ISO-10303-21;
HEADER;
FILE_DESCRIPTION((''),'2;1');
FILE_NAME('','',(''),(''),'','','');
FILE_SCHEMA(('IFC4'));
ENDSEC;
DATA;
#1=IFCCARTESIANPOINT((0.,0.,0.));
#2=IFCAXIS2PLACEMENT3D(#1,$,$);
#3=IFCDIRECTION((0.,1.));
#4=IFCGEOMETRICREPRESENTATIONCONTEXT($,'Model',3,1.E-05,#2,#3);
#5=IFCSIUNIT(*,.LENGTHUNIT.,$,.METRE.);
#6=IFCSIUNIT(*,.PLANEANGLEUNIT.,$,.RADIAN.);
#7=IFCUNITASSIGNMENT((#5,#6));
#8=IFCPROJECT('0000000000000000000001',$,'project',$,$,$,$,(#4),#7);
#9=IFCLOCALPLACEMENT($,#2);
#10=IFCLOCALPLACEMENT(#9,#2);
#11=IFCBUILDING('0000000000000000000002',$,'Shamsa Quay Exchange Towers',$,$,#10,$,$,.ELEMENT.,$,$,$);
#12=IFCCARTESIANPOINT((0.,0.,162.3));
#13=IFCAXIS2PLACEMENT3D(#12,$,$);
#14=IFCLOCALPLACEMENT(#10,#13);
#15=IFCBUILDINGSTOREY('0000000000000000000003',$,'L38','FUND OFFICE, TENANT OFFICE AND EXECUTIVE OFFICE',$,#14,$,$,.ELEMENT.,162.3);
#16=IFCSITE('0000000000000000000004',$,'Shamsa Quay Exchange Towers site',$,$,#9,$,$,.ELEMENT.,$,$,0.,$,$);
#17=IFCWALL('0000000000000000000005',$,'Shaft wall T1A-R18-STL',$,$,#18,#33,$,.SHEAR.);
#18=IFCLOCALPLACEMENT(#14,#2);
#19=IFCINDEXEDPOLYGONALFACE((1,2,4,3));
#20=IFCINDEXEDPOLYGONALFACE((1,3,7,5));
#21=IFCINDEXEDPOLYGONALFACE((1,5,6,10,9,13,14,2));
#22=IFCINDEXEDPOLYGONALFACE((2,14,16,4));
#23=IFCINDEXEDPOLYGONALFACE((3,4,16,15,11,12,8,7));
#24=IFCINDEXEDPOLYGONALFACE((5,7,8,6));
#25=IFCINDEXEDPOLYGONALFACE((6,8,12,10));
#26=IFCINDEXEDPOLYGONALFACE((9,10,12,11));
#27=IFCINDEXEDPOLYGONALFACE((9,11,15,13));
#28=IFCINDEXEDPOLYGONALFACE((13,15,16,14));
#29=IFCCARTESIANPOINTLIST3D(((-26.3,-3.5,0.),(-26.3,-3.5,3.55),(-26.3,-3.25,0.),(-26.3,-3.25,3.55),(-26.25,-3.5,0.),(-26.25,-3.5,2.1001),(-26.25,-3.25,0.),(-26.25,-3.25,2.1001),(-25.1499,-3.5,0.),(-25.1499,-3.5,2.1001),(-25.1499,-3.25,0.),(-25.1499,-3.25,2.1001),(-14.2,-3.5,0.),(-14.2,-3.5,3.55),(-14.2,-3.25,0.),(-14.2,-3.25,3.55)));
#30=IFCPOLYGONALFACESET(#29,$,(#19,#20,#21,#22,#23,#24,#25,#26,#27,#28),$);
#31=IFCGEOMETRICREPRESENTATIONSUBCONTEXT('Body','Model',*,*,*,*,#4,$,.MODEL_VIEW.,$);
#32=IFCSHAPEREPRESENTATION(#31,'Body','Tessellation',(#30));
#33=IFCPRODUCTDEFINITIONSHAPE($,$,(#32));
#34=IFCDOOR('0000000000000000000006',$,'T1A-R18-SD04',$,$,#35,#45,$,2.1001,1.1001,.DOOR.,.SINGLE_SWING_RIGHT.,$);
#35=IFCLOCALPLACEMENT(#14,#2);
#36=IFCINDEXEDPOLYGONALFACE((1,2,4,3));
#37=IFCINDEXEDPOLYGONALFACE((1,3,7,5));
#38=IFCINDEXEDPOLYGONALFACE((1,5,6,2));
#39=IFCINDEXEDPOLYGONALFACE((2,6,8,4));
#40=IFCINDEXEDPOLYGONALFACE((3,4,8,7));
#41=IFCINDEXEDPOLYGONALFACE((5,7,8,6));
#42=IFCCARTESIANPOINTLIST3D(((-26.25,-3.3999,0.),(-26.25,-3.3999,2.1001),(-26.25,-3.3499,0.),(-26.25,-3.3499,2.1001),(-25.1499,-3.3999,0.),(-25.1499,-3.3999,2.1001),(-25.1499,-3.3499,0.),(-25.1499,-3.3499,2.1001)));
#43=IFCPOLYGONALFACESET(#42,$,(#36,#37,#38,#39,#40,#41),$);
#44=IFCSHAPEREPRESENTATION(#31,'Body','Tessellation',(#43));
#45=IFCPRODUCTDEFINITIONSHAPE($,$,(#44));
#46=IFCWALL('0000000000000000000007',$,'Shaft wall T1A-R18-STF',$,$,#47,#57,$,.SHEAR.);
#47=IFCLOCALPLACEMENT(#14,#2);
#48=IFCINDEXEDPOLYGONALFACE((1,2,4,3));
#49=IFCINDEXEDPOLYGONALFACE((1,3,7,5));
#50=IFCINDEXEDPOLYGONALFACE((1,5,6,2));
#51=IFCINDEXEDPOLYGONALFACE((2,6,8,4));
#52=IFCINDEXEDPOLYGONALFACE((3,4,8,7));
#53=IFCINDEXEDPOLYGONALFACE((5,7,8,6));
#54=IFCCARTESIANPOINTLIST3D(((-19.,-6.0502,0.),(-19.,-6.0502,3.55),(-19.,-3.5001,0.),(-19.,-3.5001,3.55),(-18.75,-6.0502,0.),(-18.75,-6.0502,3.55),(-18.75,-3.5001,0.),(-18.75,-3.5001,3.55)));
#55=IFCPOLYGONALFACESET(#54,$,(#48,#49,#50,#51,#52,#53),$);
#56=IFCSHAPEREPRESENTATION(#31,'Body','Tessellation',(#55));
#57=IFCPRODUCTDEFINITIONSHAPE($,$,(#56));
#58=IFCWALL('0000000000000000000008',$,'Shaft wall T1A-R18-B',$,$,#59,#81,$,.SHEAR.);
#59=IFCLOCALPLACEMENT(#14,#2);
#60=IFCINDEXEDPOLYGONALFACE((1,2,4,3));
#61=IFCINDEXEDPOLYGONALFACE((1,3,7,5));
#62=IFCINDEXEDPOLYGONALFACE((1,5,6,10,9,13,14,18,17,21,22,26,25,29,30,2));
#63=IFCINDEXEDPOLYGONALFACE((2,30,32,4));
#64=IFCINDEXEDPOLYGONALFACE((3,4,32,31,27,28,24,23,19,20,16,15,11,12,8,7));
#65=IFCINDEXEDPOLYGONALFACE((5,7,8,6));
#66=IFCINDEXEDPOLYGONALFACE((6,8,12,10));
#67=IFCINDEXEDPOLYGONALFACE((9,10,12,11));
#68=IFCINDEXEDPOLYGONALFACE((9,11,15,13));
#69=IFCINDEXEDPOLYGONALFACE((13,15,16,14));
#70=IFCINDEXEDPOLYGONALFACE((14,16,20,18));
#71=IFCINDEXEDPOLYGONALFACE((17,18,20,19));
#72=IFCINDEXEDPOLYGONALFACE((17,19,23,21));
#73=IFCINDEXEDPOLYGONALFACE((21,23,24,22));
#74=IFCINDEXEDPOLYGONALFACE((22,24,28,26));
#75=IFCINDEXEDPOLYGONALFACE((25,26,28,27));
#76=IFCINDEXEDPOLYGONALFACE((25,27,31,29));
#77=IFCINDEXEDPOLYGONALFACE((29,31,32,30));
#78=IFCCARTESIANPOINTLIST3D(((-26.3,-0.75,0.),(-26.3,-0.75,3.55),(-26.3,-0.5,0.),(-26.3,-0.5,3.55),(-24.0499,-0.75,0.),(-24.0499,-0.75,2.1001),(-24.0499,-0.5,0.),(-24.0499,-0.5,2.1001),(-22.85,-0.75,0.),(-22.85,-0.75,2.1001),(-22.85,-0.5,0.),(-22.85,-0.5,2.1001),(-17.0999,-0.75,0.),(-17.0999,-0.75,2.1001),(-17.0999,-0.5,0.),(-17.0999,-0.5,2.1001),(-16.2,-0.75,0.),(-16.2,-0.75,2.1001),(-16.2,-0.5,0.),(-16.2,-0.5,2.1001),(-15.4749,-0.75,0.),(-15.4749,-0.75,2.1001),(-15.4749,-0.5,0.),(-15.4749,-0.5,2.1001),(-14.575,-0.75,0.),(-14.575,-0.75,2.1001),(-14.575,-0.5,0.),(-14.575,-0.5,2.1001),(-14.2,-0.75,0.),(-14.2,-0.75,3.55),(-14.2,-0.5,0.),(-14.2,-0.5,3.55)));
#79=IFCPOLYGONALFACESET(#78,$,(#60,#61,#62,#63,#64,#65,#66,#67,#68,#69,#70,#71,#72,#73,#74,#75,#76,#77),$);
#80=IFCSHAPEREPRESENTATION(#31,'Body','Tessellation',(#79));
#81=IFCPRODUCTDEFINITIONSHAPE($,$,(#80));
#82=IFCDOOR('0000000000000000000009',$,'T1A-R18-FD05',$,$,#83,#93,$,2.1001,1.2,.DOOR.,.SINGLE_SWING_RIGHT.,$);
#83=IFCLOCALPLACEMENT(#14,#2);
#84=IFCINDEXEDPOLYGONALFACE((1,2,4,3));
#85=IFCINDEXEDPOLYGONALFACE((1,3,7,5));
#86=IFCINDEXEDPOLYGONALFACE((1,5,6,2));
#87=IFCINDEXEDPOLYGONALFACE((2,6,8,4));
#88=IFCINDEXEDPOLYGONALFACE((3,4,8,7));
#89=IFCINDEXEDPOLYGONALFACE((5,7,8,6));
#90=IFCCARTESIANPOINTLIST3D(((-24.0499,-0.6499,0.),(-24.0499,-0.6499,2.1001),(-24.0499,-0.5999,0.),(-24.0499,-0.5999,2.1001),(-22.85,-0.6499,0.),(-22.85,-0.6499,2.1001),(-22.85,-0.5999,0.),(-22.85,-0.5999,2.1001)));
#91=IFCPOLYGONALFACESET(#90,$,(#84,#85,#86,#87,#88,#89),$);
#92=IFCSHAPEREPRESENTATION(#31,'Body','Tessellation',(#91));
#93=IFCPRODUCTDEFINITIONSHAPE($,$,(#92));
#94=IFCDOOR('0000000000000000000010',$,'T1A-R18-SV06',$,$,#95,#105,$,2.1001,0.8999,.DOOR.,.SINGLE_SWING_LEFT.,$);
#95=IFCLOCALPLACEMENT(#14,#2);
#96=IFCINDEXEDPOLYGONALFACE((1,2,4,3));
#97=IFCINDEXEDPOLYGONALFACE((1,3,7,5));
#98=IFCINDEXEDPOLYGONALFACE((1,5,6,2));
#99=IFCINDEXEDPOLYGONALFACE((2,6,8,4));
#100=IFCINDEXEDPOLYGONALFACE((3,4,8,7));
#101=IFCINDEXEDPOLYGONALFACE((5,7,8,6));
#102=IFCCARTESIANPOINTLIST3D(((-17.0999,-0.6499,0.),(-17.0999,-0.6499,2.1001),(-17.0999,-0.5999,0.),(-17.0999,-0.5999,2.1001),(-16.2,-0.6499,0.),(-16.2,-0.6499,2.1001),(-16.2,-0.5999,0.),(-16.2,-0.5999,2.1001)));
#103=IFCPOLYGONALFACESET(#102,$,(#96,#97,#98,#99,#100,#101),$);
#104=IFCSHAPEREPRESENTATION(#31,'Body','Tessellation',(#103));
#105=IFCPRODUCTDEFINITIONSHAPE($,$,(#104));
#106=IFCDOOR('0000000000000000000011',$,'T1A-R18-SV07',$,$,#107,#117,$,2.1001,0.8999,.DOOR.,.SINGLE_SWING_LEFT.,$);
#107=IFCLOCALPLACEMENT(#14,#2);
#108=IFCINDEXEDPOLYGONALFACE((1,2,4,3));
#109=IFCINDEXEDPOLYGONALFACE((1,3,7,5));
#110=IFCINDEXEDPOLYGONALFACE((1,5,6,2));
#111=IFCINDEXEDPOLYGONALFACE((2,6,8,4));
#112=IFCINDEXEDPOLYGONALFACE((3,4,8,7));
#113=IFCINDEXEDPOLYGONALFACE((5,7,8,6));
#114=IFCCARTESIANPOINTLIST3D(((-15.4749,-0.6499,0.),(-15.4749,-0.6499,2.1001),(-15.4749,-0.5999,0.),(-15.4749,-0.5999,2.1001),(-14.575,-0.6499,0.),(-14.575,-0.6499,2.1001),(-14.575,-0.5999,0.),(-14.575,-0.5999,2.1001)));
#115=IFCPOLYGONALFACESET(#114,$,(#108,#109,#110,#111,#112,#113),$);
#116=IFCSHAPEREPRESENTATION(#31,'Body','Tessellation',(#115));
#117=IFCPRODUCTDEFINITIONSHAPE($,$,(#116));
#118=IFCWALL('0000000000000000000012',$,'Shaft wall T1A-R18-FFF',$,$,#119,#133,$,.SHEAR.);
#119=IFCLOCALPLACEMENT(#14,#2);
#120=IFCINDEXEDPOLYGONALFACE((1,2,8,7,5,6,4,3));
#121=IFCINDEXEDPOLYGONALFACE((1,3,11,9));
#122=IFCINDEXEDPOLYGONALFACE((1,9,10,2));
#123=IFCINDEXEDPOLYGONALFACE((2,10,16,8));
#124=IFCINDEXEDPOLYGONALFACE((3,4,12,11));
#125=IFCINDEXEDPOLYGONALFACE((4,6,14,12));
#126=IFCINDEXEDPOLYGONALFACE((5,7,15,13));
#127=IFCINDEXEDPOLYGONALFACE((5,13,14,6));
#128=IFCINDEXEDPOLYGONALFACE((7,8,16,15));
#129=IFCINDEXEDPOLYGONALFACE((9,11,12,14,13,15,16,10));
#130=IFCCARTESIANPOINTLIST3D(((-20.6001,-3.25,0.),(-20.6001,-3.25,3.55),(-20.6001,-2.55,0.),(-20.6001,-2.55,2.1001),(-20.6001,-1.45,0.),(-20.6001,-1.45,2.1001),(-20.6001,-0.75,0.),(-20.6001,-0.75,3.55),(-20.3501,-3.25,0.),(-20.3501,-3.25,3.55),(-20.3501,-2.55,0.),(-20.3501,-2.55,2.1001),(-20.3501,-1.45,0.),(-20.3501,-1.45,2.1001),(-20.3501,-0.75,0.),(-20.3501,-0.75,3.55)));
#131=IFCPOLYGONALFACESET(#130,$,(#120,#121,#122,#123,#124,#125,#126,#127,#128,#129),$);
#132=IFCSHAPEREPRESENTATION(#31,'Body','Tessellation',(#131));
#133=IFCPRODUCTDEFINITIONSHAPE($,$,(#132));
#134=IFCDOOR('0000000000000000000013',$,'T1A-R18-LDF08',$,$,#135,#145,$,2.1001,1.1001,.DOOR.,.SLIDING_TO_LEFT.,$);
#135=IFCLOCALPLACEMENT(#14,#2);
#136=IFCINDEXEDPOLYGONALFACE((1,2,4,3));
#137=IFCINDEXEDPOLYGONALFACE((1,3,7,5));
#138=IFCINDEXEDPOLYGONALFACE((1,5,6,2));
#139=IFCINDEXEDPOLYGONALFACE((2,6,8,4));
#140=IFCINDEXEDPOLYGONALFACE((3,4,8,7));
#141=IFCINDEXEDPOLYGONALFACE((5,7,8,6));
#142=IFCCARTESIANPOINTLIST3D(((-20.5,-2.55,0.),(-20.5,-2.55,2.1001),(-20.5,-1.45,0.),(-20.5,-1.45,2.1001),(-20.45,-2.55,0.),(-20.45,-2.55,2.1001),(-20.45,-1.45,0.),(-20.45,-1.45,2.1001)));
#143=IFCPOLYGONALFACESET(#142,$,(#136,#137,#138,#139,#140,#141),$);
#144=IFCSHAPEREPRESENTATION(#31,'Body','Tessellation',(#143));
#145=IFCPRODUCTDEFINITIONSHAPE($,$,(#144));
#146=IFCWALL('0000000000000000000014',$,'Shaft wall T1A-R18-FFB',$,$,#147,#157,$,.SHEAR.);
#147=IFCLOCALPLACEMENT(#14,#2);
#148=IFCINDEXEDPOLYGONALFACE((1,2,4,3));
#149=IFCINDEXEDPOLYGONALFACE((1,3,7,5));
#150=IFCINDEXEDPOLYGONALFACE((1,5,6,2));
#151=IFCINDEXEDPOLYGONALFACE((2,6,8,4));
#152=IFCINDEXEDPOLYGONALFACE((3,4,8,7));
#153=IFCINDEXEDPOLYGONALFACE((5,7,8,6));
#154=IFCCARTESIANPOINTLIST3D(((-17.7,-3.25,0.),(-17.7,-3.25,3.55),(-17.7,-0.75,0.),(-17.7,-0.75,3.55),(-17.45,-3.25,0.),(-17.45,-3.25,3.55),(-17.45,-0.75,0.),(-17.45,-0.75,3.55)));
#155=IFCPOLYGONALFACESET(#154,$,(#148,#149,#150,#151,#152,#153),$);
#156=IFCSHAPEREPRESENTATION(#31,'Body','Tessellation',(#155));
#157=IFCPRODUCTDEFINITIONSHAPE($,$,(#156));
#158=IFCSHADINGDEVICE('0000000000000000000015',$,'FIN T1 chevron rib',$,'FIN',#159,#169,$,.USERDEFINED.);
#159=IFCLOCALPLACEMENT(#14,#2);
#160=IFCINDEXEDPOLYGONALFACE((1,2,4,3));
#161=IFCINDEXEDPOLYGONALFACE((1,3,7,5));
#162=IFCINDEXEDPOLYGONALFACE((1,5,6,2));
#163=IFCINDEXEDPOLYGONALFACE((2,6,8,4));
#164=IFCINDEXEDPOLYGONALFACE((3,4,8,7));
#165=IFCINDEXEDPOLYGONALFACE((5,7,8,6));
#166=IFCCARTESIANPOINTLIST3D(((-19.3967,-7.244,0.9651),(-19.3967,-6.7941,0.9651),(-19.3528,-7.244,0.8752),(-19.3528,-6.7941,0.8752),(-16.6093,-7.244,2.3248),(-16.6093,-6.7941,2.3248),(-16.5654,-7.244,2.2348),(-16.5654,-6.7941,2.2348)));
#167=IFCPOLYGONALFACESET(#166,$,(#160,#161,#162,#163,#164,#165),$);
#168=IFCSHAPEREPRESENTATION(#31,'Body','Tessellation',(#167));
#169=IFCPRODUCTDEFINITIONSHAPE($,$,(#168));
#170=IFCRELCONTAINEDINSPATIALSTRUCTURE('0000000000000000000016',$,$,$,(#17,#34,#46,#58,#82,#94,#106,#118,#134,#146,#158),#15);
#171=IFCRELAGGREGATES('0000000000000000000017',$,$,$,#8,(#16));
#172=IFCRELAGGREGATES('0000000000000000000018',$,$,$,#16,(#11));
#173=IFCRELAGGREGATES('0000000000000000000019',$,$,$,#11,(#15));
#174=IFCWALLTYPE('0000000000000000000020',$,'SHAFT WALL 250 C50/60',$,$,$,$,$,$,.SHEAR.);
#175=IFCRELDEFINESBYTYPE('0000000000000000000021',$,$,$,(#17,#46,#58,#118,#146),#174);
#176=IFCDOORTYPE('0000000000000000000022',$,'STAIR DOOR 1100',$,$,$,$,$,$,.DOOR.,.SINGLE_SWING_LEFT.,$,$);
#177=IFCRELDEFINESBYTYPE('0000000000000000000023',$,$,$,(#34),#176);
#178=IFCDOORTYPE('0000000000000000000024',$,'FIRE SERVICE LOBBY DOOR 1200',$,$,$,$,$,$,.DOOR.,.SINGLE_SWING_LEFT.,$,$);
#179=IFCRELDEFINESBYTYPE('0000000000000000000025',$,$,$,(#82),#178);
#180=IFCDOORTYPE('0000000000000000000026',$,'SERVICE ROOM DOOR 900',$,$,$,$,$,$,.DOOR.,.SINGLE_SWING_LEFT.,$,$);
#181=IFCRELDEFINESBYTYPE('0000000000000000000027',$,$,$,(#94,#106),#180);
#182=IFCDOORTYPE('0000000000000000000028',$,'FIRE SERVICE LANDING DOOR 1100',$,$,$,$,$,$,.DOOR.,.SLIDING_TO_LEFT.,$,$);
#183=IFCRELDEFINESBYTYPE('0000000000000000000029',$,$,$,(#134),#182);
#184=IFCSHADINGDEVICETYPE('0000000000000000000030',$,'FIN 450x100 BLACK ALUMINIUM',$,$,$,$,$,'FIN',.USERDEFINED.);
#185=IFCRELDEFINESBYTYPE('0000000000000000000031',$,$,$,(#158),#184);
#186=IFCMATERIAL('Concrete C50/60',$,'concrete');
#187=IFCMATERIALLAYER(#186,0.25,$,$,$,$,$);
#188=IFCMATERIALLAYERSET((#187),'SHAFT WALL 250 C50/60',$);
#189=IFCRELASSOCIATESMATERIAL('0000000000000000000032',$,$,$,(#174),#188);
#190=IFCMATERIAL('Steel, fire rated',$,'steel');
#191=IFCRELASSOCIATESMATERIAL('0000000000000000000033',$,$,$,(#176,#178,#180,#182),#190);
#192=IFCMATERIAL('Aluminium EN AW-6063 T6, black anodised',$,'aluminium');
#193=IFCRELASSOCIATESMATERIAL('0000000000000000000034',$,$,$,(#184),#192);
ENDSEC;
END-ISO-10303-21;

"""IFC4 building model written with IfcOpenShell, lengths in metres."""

from ifc_helpers import new_model, si_unit, direction, frame, frame_2d, origin, origin_2d, place, context, subcontext, project, spatial, rectangle, extrude, material, layer, layer_set, material_profile, profile_set, type_object, element, fill, save


model = new_model("IFC4")

# Units and contexts
model_context = context("Model", 3, precision=1e-05, world=origin(), true_north=direction((0.0, 1.0)))
body_context = subcontext(model_context, "Body", "Model", "MODEL_VIEW")
ifc_project = project(units=[si_unit("LENGTHUNIT", "METRE"), si_unit("PLANEANGLEUNIT", "RADIAN")], contexts=[model_context])

# Site, building, storey
site_placement = place(None, origin())
site = spatial("IfcSite", under=ifc_project, at=site_placement, Name="Shamsa Quay Exchange Towers site", CompositionType="ELEMENT", RefElevation=0.0)
building_placement = place(site_placement, origin())
building = spatial("IfcBuilding", under=site, at=building_placement, Name="Shamsa Quay Exchange Towers", CompositionType="ELEMENT")
storey_placement = place(building_placement, frame((0.0, 0.0, 162.3)))
storey = spatial("IfcBuildingStorey", under=building, at=storey_placement, Name="L38", Description="FUND OFFICE, TENANT OFFICE AND EXECUTIVE OFFICE", CompositionType="ELEMENT", Elevation=162.3)

# Shared definitions
ifc_material_1 = material(Name="Aluminium EN AW-6063 T6, black anodised", Category="aluminium")

# Wall, opening, door
ifc_material_2 = material(Name="Concrete C50/60", Category="concrete")
ifc_layer_1 = layer(ifc_material_2, 0.25)
ifc_layer_set_1 = layer_set([ifc_layer_1], Name="SHAFT WALL 250 C50/60")
wall_type_1 = type_object("IfcWallType", Name="SHAFT WALL 250 C50/60", PredefinedType="SHEAR", material=ifc_layer_set_1)
wall_1_placement = place(storey_placement, frame((-14.2, -3.375, 0.0), z_axis=(0.0, 0.0, 1.0), x_axis=(-1.0, 0.0, 0.0)))
wall_1 = element("IfcWall", 1, at=wall_1_placement, inside=storey, type_object=wall_type_1, Name="Shaft wall T1A-R18-STL", PredefinedType="SHEAR", context=body_context, shape_type="SweptSolid", body=[
    extrude(rectangle(XDim=12.1001, YDim=0.25, at=frame_2d((6.05, 0.0))), origin(), (0.0, 0.0, 1.0), 3.55),
])
opening_1_placement = place(wall_1_placement, frame((10.95, 0.0, 0.0)))
opening_1 = element("IfcOpeningElement", 2, at=opening_1_placement, cuts=wall_1, PredefinedType="OPENING", context=body_context, shape_type="SweptSolid", body=[
    extrude(rectangle(XDim=1.1001, YDim=2.1001, at=frame_2d((0.55, 1.05))), frame((0.0, 0.135, 0.0), z_axis=(0.0, -1.0, 0.0), x_axis=(1.0, 0.0, 0.0)), (0.0, 0.0, 1.0), 0.27),
])
ifc_material_3 = material(Name="Steel, fire rated", Category="steel")
door_type_1 = type_object("IfcDoorType", Name="STAIR DOOR 1100", OperationType="SINGLE_SWING_LEFT", PredefinedType="DOOR", material=ifc_material_3)
door_1_placement = place(opening_1_placement, origin())
door_1 = element("IfcDoor", 3, at=door_1_placement, inside=storey, type_object=door_type_1, Name="T1A-R18-SD04", OperationType="SINGLE_SWING_RIGHT", OverallHeight=2.1001, OverallWidth=1.1001, PredefinedType="DOOR", context=body_context, shape_type="SweptSolid", body=[
    extrude(rectangle(XDim=1.1001, YDim=2.1001, at=frame_2d((0.55, 1.05))), frame((0.0, 0.0249, 0.0), z_axis=(0.0, -1.0, 0.0), x_axis=(1.0, 0.0, 0.0)), (0.0, 0.0, 1.0), 0.05),
])
fill(opening_1, door_1)

# Wall
wall_2_placement = place(storey_placement, frame((-18.875, -6.05, 0.0), z_axis=(0.0, 0.0, 1.0), x_axis=(0.0, 1.0, 0.0)))
element("IfcWall", 4, at=wall_2_placement, inside=storey, type_object=wall_type_1, Name="Shaft wall T1A-R18-STF", PredefinedType="SHEAR", context=body_context, shape_type="SweptSolid", body=[
    extrude(rectangle(XDim=2.55, YDim=0.25, at=frame_2d((1.2749, 0.0))), origin(), (0.0, 0.0, 1.0), 3.55),
])

# Wall, openings, doors
wall_3_placement = place(storey_placement, frame((-14.2, -0.625, 0.0), z_axis=(0.0, 0.0, 1.0), x_axis=(-1.0, 0.0, 0.0)))
wall_3 = element("IfcWall", 5, at=wall_3_placement, inside=storey, type_object=wall_type_1, Name="Shaft wall T1A-R18-B", PredefinedType="SHEAR", context=body_context, shape_type="SweptSolid", body=[
    extrude(rectangle(XDim=12.1001, YDim=0.25, at=frame_2d((6.05, 0.0))), origin(), (0.0, 0.0, 1.0), 3.55),
])
opening_2_placement = place(wall_3_placement, frame((8.6499, 0.0, 0.0)))
opening_2 = element("IfcOpeningElement", 6, at=opening_2_placement, cuts=wall_3, PredefinedType="OPENING", context=body_context, shape_type="SweptSolid", body=[
    extrude(rectangle(XDim=1.2, YDim=2.1001, at=frame_2d((0.6001, 1.05))), frame((0.0, 0.135, 0.0), z_axis=(0.0, -1.0, 0.0), x_axis=(1.0, 0.0, 0.0)), (0.0, 0.0, 1.0), 0.27),
])
opening_3_placement = place(wall_3_placement, frame((2.0, 0.0, 0.0)))
opening_3 = element("IfcOpeningElement", 7, at=opening_3_placement, cuts=wall_3, PredefinedType="OPENING", context=body_context, shape_type="SweptSolid", body=[
    extrude(rectangle(XDim=0.8999, YDim=2.1001, at=frame_2d((0.45, 1.05))), frame((0.0, 0.135, 0.0), z_axis=(0.0, -1.0, 0.0), x_axis=(1.0, 0.0, 0.0)), (0.0, 0.0, 1.0), 0.27),
])
opening_4_placement = place(wall_3_placement, frame((0.375, 0.0, 0.0)))
opening_4 = element("IfcOpeningElement", 8, at=opening_4_placement, cuts=wall_3, PredefinedType="OPENING", context=body_context, shape_type="SweptSolid", body=[
    extrude(rectangle(XDim=0.8999, YDim=2.1001, at=frame_2d((0.45, 1.05))), frame((0.0, 0.135, 0.0), z_axis=(0.0, -1.0, 0.0), x_axis=(1.0, 0.0, 0.0)), (0.0, 0.0, 1.0), 0.27),
])
door_type_2 = type_object("IfcDoorType", Name="FIRE SERVICE LOBBY DOOR 1200", OperationType="SINGLE_SWING_LEFT", PredefinedType="DOOR", material=ifc_material_3)
door_2_placement = place(opening_2_placement, origin())
door_2 = element("IfcDoor", 9, at=door_2_placement, inside=storey, type_object=door_type_2, Name="T1A-R18-FD05", OperationType="SINGLE_SWING_RIGHT", OverallHeight=2.1001, OverallWidth=1.2, PredefinedType="DOOR", context=body_context, shape_type="SweptSolid", body=[
    extrude(rectangle(XDim=1.2, YDim=2.1001, at=frame_2d((0.6001, 1.05))), frame((0.0, 0.0249, 0.0), z_axis=(0.0, -1.0, 0.0), x_axis=(1.0, 0.0, 0.0)), (0.0, 0.0, 1.0), 0.05),
])
fill(opening_2, door_2)
door_type_3 = type_object("IfcDoorType", Name="SERVICE ROOM DOOR 900", OperationType="SINGLE_SWING_LEFT", PredefinedType="DOOR", material=ifc_material_3)
door_3_placement = place(opening_3_placement, origin())
door_3 = element("IfcDoor", 10, at=door_3_placement, inside=storey, type_object=door_type_3, Name="T1A-R18-SV06", OperationType="SINGLE_SWING_LEFT", OverallHeight=2.1001, OverallWidth=0.8999, PredefinedType="DOOR", context=body_context, shape_type="SweptSolid", body=[
    extrude(rectangle(XDim=0.8999, YDim=2.1001, at=frame_2d((0.45, 1.05))), frame((0.0, 0.0249, 0.0), z_axis=(0.0, -1.0, 0.0), x_axis=(1.0, 0.0, 0.0)), (0.0, 0.0, 1.0), 0.05),
])
fill(opening_3, door_3)
door_4_placement = place(opening_4_placement, origin())
door_4 = element("IfcDoor", 11, at=door_4_placement, inside=storey, type_object=door_type_3, Name="T1A-R18-SV07", OperationType="SINGLE_SWING_LEFT", OverallHeight=2.1001, OverallWidth=0.8999, PredefinedType="DOOR", context=body_context, shape_type="SweptSolid", body=[
    extrude(rectangle(XDim=0.8999, YDim=2.1001, at=frame_2d((0.45, 1.05))), frame((0.0, 0.0249, 0.0), z_axis=(0.0, -1.0, 0.0), x_axis=(1.0, 0.0, 0.0)), (0.0, 0.0, 1.0), 0.05),
])
fill(opening_4, door_4)

# Wall, opening, door
wall_4_placement = place(storey_placement, frame((-20.4751, -3.25, 0.0), z_axis=(0.0, 0.0, 1.0), x_axis=(0.0, 1.0, 0.0)))
wall_4 = element("IfcWall", 12, at=wall_4_placement, inside=storey, type_object=wall_type_1, Name="Shaft wall T1A-R18-FFF", PredefinedType="SHEAR", context=body_context, shape_type="SweptSolid", body=[
    extrude(rectangle(XDim=2.5, YDim=0.25, at=frame_2d((1.25, 0.0))), origin(), (0.0, 0.0, 1.0), 3.55),
])
opening_5_placement = place(wall_4_placement, frame((0.7, 0.0, 0.0)))
opening_5 = element("IfcOpeningElement", 13, at=opening_5_placement, cuts=wall_4, PredefinedType="OPENING", context=body_context, shape_type="SweptSolid", body=[
    extrude(rectangle(XDim=1.1001, YDim=2.1001, at=frame_2d((0.55, 1.05))), frame((0.0, 0.135, 0.0), z_axis=(0.0, -1.0, 0.0), x_axis=(1.0, 0.0, 0.0)), (0.0, 0.0, 1.0), 0.27),
])
door_type_4 = type_object("IfcDoorType", Name="FIRE SERVICE LANDING DOOR 1100", OperationType="SLIDING_TO_LEFT", PredefinedType="DOOR", material=ifc_material_3)
door_5_placement = place(opening_5_placement, origin())
door_5 = element("IfcDoor", 14, at=door_5_placement, inside=storey, type_object=door_type_4, Name="T1A-R18-LDF08", OperationType="SLIDING_TO_LEFT", OverallHeight=2.1001, OverallWidth=1.1001, PredefinedType="DOOR", context=body_context, shape_type="SweptSolid", body=[
    extrude(rectangle(XDim=1.1001, YDim=2.1001, at=frame_2d((0.55, 1.05))), frame((0.0, 0.0249, 0.0), z_axis=(0.0, -1.0, 0.0), x_axis=(1.0, 0.0, 0.0)), (0.0, 0.0, 1.0), 0.05),
])
fill(opening_5, door_5)

# Wall
wall_5_placement = place(storey_placement, frame((-17.575, -3.25, 0.0), z_axis=(0.0, 0.0, 1.0), x_axis=(0.0, 1.0, 0.0)))
element("IfcWall", 15, at=wall_5_placement, inside=storey, type_object=wall_type_1, Name="Shaft wall T1A-R18-FFB", PredefinedType="SHEAR", context=body_context, shape_type="SweptSolid", body=[
    extrude(rectangle(XDim=2.5, YDim=0.25, at=frame_2d((1.25, 0.0))), origin(), (0.0, 0.0, 1.0), 3.55),
])

# Shading device
ifc_material_profile_1 = material_profile(ifc_material_1, rectangle(XDim=0.45, YDim=0.1001, at=origin_2d()), Name="FIN450x100")
ifc_profile_set_1 = profile_set([ifc_material_profile_1], Name="Aluminium EN AW-6063 T6, black anodised")
shading_device_type = type_object("IfcShadingDeviceType", Name="FIN 450x100 BLACK ALUMINIUM", ElementType="FIN", PredefinedType="USERDEFINED", material=ifc_profile_set_1)
shading_device_1_placement = place(storey_placement, frame((-19.3748, -7.019, 0.9202), z_axis=(0.898777, 0.0, 0.438407), x_axis=(0.0, 1.0, 0.0)))
element("IfcShadingDevice", 16, at=shading_device_1_placement, inside=storey, type_object=shading_device_type, Name="FIN T1 chevron rib", ObjectType="FIN", PredefinedType="USERDEFINED", context=body_context, shape_type="SweptSolid", body=[
    extrude(rectangle(XDim=0.45, YDim=0.1001, at=origin_2d()), origin(), (0.0, 0.0, 1.0), 3.1013),
])

save(model, "model.ifc")
